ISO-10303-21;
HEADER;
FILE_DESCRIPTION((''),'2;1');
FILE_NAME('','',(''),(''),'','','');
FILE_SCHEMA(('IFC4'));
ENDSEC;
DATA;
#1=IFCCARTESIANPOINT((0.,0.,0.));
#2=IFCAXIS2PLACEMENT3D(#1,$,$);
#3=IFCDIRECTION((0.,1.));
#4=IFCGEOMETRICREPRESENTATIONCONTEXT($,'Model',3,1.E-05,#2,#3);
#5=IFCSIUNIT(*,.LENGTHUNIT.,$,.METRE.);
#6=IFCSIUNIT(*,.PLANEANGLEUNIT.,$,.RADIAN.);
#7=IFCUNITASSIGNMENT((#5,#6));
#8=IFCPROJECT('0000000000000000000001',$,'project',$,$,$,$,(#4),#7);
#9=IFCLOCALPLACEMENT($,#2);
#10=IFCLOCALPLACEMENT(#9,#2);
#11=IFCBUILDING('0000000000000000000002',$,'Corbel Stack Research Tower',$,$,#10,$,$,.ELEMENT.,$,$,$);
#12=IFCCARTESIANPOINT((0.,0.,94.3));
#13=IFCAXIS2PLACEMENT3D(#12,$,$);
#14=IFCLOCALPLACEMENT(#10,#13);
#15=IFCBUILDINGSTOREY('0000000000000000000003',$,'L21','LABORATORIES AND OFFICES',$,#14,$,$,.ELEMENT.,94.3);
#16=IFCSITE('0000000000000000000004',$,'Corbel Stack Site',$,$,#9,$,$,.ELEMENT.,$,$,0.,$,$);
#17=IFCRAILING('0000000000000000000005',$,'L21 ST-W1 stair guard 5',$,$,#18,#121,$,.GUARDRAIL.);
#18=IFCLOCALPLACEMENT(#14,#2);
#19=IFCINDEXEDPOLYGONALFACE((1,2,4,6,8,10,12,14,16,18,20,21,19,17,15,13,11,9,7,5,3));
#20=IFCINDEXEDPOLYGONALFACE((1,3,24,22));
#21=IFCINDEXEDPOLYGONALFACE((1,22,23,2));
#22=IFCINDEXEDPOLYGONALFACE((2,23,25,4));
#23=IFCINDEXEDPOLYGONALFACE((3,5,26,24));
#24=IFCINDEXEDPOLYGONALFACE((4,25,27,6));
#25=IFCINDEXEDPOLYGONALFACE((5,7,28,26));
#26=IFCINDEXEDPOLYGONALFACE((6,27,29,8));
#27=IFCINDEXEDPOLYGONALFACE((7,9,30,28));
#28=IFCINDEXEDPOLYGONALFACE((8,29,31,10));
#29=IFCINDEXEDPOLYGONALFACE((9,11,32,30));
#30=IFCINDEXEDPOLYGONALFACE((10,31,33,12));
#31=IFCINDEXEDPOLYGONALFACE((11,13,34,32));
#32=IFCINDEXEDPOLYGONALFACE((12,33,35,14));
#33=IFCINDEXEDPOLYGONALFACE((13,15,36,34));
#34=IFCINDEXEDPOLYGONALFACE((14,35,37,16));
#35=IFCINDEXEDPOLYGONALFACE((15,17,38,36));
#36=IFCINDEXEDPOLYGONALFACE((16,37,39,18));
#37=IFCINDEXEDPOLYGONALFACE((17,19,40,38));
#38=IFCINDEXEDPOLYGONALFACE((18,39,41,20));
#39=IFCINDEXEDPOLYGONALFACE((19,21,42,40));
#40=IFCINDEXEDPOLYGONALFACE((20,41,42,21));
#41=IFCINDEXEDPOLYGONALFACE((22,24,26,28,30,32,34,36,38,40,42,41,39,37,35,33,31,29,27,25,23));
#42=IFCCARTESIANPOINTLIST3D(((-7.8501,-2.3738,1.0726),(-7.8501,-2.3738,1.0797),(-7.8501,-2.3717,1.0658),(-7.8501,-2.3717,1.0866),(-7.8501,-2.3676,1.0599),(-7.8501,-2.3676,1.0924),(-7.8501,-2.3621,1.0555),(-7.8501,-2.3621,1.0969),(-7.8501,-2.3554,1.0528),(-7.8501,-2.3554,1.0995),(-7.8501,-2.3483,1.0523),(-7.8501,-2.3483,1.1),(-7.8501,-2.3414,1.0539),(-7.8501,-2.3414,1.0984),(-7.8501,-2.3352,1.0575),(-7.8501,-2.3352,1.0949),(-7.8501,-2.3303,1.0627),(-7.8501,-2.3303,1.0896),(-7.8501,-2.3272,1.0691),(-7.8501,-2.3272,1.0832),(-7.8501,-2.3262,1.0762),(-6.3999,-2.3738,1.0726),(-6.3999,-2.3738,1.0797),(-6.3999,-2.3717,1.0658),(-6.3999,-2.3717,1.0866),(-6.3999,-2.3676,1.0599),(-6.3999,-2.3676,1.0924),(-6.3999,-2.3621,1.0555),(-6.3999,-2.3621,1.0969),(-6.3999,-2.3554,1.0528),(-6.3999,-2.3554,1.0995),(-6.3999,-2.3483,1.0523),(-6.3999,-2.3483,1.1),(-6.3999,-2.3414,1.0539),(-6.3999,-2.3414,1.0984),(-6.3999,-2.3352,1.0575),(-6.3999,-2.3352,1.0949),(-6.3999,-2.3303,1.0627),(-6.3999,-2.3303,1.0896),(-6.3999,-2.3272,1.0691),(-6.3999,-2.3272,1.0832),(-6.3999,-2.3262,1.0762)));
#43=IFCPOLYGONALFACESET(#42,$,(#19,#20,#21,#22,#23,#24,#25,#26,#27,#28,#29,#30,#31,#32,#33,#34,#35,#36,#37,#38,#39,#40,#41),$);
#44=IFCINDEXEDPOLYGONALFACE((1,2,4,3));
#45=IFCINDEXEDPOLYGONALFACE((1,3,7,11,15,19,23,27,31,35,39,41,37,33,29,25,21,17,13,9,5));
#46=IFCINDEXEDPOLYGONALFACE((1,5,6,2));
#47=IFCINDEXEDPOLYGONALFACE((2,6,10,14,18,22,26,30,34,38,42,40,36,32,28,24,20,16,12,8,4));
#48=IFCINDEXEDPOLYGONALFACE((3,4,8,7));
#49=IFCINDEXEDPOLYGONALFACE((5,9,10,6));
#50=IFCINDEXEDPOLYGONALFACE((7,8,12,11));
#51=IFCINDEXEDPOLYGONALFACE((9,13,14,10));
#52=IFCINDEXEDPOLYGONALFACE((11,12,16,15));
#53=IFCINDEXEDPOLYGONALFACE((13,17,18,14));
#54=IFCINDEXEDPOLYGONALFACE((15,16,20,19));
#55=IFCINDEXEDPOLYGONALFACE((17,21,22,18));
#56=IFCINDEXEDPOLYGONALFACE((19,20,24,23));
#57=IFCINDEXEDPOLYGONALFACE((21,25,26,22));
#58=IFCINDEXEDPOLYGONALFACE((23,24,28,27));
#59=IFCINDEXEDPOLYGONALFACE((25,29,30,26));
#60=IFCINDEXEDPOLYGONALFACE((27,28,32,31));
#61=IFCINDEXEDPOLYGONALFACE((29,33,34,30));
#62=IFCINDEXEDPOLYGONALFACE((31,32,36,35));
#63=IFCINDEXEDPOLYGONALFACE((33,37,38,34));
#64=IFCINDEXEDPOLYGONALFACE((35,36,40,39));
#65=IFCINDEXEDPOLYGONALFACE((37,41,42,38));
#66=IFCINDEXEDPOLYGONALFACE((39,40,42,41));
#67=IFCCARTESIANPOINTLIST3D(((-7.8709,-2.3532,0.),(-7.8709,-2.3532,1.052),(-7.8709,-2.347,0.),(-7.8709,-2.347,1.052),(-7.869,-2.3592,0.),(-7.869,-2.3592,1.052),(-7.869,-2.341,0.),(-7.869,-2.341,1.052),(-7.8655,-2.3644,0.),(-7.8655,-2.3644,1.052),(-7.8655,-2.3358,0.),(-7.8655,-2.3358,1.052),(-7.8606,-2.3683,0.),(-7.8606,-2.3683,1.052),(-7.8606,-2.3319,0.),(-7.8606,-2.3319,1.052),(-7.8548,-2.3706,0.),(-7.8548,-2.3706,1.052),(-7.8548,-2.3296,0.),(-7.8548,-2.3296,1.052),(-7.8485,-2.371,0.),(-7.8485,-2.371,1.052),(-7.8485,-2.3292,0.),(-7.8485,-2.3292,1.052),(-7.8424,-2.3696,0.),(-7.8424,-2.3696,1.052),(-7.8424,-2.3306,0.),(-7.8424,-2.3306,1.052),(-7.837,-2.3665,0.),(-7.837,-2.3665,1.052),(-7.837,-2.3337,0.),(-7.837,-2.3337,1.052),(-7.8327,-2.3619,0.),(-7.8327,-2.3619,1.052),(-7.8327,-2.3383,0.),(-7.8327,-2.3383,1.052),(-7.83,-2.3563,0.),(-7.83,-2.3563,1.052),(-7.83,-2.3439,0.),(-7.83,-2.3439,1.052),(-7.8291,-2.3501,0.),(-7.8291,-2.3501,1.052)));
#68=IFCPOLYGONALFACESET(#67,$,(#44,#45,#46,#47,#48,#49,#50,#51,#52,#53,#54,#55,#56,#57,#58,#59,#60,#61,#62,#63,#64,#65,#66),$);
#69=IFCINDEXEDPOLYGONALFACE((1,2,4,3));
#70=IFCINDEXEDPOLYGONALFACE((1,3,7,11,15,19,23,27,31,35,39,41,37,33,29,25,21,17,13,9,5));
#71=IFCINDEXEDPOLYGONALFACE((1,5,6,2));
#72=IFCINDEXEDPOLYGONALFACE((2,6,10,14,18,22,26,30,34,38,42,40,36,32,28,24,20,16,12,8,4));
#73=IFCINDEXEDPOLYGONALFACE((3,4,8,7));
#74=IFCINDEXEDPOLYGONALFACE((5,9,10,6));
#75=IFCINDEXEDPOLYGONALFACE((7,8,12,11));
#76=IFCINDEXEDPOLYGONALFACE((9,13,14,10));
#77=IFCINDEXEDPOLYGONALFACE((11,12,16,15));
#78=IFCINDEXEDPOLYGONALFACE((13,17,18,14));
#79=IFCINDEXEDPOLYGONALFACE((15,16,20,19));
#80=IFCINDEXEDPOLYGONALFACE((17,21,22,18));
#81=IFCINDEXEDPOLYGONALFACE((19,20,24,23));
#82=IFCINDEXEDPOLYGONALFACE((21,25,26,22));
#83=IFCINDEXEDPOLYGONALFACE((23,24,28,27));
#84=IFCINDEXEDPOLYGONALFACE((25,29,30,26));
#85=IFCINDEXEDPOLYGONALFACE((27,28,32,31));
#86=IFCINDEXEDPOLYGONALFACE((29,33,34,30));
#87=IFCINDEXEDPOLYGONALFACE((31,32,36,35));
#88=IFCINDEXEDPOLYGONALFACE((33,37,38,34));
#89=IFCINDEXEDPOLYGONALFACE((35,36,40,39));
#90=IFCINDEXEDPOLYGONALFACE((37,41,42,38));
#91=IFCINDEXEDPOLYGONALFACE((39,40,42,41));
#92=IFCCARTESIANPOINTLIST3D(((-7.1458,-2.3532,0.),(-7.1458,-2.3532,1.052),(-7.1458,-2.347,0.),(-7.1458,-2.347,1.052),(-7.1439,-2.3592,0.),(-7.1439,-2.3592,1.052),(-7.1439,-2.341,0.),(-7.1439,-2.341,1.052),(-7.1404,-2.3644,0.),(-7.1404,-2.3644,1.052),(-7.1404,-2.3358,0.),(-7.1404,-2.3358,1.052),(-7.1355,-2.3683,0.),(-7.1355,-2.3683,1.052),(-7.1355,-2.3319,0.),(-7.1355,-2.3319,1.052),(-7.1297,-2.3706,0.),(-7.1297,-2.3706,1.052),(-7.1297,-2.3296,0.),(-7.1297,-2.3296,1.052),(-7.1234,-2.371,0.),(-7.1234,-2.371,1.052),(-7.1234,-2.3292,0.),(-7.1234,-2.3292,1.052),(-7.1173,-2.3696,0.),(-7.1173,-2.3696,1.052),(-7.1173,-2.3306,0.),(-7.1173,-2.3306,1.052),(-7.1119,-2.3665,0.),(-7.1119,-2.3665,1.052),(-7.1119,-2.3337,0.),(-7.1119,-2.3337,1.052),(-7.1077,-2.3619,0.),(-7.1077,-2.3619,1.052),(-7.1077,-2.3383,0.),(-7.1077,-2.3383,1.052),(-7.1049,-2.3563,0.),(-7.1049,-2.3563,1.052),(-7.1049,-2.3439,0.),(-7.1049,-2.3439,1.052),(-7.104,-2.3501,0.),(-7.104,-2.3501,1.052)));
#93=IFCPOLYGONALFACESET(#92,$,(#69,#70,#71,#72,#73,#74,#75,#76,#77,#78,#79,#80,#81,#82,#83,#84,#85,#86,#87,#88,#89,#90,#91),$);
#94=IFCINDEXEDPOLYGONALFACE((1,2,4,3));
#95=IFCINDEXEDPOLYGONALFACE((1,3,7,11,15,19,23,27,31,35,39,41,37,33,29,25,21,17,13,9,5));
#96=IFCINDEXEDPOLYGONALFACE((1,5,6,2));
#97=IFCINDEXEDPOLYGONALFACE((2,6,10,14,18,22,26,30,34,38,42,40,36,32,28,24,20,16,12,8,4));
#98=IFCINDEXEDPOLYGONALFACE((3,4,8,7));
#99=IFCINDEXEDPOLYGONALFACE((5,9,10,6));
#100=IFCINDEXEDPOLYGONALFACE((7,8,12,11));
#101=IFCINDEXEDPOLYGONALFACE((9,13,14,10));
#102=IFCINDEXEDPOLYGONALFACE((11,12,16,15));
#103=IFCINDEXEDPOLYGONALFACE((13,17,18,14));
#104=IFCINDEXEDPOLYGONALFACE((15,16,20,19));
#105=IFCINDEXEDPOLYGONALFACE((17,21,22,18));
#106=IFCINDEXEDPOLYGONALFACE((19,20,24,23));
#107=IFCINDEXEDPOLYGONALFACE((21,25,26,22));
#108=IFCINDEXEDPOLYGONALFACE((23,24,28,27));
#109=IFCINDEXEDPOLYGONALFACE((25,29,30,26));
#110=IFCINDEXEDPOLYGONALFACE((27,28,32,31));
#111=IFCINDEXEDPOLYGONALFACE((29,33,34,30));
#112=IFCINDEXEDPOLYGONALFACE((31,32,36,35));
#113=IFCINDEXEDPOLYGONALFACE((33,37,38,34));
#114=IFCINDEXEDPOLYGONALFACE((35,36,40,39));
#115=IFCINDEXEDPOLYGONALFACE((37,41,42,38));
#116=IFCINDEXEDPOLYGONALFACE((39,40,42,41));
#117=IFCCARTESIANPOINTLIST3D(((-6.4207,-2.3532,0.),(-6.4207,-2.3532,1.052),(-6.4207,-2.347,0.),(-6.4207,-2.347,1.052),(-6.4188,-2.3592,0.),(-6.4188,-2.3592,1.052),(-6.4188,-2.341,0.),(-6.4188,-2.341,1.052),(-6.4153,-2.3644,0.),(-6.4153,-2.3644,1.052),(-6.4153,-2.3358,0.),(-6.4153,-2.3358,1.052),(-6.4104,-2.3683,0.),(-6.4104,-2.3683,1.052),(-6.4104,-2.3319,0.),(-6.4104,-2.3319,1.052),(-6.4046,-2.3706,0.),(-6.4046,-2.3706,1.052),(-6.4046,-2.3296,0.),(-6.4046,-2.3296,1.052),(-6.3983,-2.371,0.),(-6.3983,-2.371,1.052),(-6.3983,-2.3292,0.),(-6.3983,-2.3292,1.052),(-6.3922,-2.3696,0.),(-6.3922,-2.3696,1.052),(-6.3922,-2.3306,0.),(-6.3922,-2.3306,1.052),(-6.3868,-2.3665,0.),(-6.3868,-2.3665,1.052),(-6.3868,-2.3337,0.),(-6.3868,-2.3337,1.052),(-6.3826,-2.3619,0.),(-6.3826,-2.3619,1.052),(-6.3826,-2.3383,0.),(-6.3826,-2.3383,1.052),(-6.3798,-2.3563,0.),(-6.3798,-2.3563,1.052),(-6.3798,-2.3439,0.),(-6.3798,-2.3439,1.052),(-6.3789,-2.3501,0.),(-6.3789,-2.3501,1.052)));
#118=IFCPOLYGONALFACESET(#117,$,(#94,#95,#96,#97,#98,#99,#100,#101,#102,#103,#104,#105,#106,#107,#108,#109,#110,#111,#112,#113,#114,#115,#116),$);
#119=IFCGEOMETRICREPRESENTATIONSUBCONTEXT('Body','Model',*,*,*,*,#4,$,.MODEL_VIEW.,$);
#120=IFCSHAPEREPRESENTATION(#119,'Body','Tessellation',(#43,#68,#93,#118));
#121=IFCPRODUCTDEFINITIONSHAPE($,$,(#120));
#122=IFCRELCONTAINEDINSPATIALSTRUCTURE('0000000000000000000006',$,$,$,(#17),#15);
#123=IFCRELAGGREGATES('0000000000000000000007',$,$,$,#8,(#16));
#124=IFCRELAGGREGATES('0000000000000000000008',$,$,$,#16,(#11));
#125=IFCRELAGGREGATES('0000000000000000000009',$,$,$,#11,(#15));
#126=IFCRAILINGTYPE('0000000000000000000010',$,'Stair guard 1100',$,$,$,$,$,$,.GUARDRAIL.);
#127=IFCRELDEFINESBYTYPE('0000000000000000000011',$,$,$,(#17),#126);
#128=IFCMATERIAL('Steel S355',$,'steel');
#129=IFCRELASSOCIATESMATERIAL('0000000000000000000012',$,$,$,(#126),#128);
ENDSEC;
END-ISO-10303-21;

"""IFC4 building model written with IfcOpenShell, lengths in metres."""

from ifc_helpers import new_model, si_unit, direction, frame, origin, origin_2d, place, context, subcontext, project, spatial, circle, extrude, material, type_object, element, save


model = new_model("IFC4")

# Units and contexts
model_context = context("Model", 3, precision=1e-05, world=origin(), true_north=direction((0.0, 1.0)))
body_context = subcontext(model_context, "Body", "Model", "MODEL_VIEW")
ifc_project = project(units=[si_unit("LENGTHUNIT", "METRE"), si_unit("PLANEANGLEUNIT", "RADIAN")], contexts=[model_context])

# Site, building, storey
site_placement = place(None, origin())
site = spatial("IfcSite", under=ifc_project, at=site_placement, Name="Corbel Stack Site", CompositionType="ELEMENT", RefElevation=0.0)
building_placement = place(site_placement, origin())
building = spatial("IfcBuilding", under=site, at=building_placement, Name="Corbel Stack Research Tower", CompositionType="ELEMENT")
storey_placement = place(building_placement, frame((0.0, 0.0, 94.3)))
storey = spatial("IfcBuildingStorey", under=building, at=storey_placement, Name="L21", Description="LABORATORIES AND OFFICES", CompositionType="ELEMENT", Elevation=94.3)

# Railing
ifc_material_1 = material(Name="Steel S355", Category="steel")
railing_type_1 = type_object("IfcRailingType", Name="Stair guard 1100", PredefinedType="GUARDRAIL", material=ifc_material_1)
railing_1_placement = place(storey_placement, frame((-7.8501, -2.3501, 0.0)))
element("IfcRailing", 1, at=railing_1_placement, inside=storey, type_object=railing_type_1, Name="L21 ST-W1 stair guard 5", PredefinedType="GUARDRAIL", context=body_context, shape_type="SweptSolid", body=[
    extrude(circle(Radius=0.0239, at=origin_2d()), frame((0.0, 0.0, 1.0762), z_axis=(1.0, 0.0, 0.0), x_axis=(0.0, 1.0, 0.0)), (0.0, 0.0, 1.0), 1.4502),
    extrude(circle(Radius=0.021, at=origin_2d()), origin(), (0.0, 0.0, 1.0), 1.052),
    extrude(circle(Radius=0.021, at=origin_2d()), frame((0.7251, 0.0, 0.0)), (0.0, 0.0, 1.0), 1.052),
    extrude(circle(Radius=0.021, at=origin_2d()), frame((1.4502, 0.0, 0.0)), (0.0, 0.0, 1.0), 1.052),
])

save(model, "model.ifc")
